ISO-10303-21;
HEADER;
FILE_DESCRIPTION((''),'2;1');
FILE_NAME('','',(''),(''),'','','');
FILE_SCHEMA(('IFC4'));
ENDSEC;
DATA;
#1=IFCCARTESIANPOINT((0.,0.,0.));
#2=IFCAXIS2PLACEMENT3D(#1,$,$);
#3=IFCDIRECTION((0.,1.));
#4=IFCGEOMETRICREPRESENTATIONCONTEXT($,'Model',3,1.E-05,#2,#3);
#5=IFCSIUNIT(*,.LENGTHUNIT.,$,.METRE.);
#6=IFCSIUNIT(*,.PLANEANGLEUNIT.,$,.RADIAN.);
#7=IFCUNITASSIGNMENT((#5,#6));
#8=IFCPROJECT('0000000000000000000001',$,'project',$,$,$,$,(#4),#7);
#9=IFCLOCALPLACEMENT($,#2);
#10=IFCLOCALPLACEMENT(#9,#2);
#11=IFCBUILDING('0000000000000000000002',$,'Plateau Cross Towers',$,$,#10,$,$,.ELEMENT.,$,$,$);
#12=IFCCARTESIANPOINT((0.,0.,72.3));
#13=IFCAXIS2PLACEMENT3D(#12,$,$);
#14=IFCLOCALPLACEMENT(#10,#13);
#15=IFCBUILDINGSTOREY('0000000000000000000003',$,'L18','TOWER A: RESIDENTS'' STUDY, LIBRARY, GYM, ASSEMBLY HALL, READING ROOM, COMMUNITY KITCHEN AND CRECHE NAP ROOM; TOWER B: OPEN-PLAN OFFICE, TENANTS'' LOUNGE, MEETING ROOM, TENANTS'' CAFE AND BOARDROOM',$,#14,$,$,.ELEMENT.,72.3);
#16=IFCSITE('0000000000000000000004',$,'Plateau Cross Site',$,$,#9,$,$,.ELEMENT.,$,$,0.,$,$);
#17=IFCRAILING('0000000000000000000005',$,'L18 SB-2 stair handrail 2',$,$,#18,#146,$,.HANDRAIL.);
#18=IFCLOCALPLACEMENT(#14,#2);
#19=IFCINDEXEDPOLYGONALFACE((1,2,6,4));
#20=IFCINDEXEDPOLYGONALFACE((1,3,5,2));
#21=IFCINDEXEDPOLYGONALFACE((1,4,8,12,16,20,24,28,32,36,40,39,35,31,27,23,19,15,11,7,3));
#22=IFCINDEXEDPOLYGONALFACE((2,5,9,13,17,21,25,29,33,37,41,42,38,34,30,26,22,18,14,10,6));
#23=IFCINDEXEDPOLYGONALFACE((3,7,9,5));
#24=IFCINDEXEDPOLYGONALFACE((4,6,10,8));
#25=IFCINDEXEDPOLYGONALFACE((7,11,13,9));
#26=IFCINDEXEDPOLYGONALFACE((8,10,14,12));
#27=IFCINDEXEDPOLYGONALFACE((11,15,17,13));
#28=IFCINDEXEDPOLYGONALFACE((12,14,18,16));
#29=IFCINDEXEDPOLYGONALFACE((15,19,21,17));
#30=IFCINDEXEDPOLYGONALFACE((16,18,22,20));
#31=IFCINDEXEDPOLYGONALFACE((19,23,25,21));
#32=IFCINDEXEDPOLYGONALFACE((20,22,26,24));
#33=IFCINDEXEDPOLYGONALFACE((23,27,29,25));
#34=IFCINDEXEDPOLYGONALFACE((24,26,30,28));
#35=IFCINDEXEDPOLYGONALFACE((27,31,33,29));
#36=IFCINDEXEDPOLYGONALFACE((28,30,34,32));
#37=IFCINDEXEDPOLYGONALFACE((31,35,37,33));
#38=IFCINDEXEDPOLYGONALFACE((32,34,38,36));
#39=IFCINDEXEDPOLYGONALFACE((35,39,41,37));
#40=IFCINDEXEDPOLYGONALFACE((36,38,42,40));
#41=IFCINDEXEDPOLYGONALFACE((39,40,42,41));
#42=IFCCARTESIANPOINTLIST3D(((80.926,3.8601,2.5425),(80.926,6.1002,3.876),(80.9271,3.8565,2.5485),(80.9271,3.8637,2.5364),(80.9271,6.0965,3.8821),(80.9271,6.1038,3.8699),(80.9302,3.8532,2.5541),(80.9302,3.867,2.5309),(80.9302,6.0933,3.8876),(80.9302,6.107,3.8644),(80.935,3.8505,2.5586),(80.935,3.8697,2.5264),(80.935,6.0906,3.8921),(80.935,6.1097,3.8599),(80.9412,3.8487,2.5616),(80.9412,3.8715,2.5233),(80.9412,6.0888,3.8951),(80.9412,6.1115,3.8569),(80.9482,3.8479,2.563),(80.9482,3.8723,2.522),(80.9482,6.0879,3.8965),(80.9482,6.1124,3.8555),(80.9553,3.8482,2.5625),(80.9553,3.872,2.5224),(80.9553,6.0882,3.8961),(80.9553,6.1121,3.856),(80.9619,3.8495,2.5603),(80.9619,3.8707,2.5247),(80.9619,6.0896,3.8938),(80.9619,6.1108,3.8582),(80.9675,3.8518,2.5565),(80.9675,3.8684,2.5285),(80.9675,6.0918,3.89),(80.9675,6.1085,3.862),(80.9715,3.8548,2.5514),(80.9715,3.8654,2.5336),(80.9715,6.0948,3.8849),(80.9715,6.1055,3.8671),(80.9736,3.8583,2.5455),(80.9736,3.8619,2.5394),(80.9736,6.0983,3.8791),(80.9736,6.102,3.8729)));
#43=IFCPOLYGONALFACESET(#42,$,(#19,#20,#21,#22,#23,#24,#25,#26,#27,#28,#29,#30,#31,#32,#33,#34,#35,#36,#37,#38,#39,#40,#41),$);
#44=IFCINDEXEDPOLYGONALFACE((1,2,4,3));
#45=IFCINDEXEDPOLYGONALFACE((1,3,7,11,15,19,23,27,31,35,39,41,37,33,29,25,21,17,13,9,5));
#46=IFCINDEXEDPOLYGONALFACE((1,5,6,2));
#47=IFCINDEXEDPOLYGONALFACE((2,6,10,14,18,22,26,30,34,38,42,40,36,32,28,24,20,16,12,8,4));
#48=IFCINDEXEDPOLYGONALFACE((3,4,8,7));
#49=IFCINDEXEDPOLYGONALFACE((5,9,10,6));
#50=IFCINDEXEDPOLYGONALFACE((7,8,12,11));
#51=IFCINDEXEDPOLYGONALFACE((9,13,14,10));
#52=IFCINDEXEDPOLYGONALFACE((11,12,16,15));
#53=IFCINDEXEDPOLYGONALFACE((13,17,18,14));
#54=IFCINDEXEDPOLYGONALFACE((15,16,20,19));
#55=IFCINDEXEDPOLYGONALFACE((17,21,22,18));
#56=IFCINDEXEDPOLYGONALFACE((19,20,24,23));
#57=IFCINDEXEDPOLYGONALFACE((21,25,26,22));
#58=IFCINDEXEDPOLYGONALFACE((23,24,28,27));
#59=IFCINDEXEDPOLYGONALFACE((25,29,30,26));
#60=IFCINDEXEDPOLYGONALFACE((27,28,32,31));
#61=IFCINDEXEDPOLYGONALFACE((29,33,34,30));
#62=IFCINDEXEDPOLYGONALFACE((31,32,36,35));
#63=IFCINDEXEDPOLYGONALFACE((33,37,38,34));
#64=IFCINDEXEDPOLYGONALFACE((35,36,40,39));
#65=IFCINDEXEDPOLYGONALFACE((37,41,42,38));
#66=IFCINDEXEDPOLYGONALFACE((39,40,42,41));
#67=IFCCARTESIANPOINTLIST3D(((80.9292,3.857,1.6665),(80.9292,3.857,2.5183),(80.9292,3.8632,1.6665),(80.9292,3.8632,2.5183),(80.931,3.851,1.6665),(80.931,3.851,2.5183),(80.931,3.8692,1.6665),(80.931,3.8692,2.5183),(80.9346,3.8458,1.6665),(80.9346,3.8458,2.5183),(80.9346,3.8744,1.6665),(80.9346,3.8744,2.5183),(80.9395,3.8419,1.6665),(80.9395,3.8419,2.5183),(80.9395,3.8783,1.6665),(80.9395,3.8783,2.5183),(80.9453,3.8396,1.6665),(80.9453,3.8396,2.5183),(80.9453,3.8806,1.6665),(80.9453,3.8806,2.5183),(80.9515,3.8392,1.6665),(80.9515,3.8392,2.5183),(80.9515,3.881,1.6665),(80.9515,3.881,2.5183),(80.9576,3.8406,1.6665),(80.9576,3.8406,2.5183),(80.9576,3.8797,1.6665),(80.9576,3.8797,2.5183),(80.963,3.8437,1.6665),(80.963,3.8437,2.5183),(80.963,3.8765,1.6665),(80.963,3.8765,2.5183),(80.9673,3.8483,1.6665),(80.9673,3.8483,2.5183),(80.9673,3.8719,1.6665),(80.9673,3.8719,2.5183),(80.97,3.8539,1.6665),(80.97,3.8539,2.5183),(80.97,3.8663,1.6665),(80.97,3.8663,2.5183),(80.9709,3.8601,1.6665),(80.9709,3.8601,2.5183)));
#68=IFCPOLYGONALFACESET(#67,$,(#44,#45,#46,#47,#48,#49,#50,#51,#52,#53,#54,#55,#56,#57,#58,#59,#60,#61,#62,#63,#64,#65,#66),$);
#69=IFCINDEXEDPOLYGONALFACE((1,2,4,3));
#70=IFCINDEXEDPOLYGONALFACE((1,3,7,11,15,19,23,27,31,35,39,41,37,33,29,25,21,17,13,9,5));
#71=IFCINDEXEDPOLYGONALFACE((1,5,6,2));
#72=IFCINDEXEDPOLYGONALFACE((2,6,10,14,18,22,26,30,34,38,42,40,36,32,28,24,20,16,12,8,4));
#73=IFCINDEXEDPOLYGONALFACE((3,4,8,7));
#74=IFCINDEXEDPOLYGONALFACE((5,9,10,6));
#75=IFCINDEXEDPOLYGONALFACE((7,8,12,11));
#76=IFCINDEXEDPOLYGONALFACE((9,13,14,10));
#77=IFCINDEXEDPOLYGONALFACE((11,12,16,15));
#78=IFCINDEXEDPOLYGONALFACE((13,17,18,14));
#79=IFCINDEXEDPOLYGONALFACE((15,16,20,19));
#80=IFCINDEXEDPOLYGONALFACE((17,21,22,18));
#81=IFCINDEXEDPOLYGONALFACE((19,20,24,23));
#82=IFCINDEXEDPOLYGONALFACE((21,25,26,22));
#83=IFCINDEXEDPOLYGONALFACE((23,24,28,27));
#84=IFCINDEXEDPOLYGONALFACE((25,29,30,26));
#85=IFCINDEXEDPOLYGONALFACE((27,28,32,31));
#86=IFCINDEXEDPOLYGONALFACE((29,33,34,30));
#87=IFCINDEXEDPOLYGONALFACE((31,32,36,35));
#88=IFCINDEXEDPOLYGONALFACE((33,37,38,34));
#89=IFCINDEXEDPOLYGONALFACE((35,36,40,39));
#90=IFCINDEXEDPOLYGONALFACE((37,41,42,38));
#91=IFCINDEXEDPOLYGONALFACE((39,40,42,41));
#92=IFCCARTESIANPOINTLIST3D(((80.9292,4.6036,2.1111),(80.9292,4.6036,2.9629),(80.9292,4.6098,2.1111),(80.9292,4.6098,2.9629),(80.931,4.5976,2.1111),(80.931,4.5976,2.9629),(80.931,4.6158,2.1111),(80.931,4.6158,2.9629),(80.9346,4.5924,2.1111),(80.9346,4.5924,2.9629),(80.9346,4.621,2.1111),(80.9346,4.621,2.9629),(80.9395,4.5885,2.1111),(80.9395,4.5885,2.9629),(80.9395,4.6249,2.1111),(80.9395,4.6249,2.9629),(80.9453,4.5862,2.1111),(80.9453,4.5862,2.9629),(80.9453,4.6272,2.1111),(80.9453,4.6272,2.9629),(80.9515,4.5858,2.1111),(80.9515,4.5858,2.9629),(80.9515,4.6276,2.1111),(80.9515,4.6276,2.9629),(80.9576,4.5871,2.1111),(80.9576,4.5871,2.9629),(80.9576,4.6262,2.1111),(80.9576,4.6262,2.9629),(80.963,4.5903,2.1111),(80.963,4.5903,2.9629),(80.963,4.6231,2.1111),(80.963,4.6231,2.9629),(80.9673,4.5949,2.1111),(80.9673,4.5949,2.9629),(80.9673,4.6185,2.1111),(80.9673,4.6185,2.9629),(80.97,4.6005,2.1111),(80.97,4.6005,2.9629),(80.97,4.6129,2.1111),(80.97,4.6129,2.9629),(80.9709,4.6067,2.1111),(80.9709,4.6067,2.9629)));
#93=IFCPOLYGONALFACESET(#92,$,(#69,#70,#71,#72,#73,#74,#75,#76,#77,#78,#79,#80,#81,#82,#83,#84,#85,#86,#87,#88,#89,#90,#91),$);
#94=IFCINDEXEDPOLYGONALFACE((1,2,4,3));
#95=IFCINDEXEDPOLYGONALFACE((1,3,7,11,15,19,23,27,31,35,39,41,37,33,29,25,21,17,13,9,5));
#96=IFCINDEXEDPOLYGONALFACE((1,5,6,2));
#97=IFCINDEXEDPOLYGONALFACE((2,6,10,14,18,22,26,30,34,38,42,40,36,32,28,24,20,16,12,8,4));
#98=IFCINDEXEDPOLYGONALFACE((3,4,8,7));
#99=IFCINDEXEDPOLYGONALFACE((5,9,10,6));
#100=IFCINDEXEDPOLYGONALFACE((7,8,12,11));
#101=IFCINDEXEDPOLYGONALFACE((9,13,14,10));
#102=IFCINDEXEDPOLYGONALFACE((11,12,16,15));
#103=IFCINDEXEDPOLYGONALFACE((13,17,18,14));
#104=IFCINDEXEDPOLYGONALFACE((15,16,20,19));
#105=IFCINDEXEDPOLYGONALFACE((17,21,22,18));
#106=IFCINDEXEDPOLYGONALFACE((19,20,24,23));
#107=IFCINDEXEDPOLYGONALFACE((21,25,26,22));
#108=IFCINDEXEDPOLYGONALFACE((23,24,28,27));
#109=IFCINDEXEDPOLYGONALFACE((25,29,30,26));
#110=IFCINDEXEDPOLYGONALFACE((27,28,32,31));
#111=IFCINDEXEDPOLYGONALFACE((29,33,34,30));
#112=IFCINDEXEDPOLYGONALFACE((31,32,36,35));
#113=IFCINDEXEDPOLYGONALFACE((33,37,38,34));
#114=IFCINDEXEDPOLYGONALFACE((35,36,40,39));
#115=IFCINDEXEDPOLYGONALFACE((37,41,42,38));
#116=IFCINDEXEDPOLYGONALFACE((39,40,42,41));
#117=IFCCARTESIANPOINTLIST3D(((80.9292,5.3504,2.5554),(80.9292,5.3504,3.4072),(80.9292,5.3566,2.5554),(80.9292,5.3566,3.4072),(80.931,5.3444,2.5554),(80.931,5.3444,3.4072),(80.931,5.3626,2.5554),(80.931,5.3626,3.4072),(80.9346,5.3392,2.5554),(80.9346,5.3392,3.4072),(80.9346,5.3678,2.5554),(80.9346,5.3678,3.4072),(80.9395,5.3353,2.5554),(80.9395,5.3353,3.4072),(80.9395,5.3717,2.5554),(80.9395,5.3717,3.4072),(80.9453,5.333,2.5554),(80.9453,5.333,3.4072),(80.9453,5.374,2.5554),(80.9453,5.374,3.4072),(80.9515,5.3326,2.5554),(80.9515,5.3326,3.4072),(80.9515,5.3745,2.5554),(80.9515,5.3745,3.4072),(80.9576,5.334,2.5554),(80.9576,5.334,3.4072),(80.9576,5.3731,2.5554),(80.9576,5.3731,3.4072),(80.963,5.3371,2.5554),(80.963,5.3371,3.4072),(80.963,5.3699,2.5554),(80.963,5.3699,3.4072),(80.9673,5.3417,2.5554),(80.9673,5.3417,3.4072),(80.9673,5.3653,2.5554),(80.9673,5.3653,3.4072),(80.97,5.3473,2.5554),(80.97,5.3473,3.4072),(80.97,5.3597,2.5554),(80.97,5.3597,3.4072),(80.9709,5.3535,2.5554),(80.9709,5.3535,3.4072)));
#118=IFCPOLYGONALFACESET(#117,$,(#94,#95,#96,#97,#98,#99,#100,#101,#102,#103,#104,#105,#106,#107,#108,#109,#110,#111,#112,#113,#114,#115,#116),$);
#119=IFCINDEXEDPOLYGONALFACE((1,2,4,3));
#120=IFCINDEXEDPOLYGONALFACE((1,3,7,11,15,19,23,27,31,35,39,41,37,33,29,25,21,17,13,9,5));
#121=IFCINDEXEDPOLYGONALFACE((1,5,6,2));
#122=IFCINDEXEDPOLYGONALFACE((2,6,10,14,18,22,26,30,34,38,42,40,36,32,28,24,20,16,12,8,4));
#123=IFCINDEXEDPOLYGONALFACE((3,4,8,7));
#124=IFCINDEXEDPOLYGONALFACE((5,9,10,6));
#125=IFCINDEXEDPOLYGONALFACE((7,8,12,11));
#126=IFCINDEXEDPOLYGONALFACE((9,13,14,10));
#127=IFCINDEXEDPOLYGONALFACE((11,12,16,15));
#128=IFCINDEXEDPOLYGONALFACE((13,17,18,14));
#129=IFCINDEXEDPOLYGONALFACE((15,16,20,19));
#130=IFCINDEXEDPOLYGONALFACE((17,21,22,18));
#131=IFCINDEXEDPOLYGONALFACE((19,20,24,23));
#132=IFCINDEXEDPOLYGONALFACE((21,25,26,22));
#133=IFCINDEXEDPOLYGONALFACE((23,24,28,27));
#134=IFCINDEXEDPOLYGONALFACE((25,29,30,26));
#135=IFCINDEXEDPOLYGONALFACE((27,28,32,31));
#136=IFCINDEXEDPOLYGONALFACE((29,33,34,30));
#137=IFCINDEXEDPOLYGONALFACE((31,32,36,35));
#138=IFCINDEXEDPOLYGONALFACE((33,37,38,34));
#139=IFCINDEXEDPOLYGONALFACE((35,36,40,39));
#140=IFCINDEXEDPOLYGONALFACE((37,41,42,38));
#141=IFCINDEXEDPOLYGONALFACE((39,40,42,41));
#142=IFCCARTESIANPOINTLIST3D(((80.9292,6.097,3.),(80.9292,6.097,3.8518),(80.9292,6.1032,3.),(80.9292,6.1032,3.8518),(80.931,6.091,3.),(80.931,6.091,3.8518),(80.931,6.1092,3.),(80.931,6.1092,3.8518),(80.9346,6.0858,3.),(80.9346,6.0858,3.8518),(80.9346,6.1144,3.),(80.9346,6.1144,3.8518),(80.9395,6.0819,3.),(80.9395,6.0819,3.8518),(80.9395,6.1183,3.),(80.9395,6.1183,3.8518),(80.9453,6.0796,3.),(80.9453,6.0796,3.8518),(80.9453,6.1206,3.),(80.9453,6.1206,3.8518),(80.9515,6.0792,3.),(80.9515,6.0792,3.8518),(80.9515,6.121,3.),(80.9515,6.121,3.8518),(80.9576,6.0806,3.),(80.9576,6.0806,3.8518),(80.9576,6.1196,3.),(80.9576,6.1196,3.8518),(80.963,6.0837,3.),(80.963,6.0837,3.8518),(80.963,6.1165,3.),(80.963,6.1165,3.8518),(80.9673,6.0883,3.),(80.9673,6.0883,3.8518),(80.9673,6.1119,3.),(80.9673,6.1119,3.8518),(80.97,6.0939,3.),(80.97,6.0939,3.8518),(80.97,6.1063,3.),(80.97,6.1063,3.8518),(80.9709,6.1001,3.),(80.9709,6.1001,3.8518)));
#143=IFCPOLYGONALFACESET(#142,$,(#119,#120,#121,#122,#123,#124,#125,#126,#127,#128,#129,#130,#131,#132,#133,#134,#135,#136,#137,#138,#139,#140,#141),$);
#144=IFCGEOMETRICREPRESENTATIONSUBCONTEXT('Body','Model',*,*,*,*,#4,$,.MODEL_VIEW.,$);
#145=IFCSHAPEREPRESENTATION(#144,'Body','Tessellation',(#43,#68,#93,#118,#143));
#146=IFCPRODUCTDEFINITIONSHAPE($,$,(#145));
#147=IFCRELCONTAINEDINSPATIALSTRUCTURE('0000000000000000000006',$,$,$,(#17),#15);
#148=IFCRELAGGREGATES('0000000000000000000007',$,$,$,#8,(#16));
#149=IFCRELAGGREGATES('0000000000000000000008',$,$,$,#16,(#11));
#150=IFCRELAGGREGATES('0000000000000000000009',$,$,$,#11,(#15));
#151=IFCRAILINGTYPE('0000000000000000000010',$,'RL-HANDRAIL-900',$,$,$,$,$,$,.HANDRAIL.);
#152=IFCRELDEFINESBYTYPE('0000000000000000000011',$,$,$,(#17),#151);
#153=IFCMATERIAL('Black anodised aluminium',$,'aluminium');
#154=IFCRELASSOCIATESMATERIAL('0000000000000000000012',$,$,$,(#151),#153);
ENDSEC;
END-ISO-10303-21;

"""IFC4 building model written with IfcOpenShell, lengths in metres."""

from ifc_helpers import new_model, si_unit, direction, frame, origin, origin_2d, place, context, subcontext, project, spatial, circle, extrude, material, type_object, element, save


model = new_model("IFC4")

# Units and contexts
model_context = context("Model", 3, precision=1e-05, world=origin(), true_north=direction((0.0, 1.0)))
body_context = subcontext(model_context, "Body", "Model", "MODEL_VIEW")
ifc_project = project(units=[si_unit("LENGTHUNIT", "METRE"), si_unit("PLANEANGLEUNIT", "RADIAN")], contexts=[model_context])

# Site, building, storey
site_placement = place(None, origin())
site = spatial("IfcSite", under=ifc_project, at=site_placement, Name="Plateau Cross Site", CompositionType="ELEMENT", RefElevation=0.0)
building_placement = place(site_placement, origin())
building = spatial("IfcBuilding", under=site, at=building_placement, Name="Plateau Cross Towers", CompositionType="ELEMENT")
storey_placement = place(building_placement, frame((0.0, 0.0, 72.3)))
storey = spatial("IfcBuildingStorey", under=building, at=storey_placement, Name="L18", Description="TOWER A: RESIDENTS' STUDY, LIBRARY, GYM, ASSEMBLY HALL, READING ROOM, COMMUNITY KITCHEN AND CRECHE NAP ROOM; TOWER B: OPEN-PLAN OFFICE, TENANTS' LOUNGE, MEETING ROOM, TENANTS' CAFE AND BOARDROOM", CompositionType="ELEMENT", Elevation=72.3)

# Railing
ifc_material_1 = material(Name="Black anodised aluminium", Category="aluminium")
railing_type_1 = type_object("IfcRailingType", Name="RL-HANDRAIL-900", PredefinedType="HANDRAIL", material=ifc_material_1)
railing_1_placement = place(storey_placement, frame((80.95, 3.8601, 1.6665)))
element("IfcRailing", 1, at=railing_1_placement, inside=storey, type_object=railing_type_1, Name="L18 SB-2 stair handrail 2", PredefinedType="HANDRAIL", context=body_context, shape_type="SweptSolid", body=[
    extrude(circle(Radius=0.0239, at=origin_2d()), frame((0.0, 0.0, 0.876), z_axis=(0.0, 0.859264, 0.511532), x_axis=(-1.0, 0.0, 0.0)), (0.0, 0.0, 1.0), 2.6069),
    extrude(circle(Radius=0.021, at=origin_2d()), origin(), (0.0, 0.0, 1.0), 0.8518),
    extrude(circle(Radius=0.021, at=origin_2d()), frame((0.0, 0.7466, 0.4446)), (0.0, 0.0, 1.0), 0.8518),
    extrude(circle(Radius=0.021, at=origin_2d()), frame((0.0, 1.4934, 0.8889)), (0.0, 0.0, 1.0), 0.8518),
    extrude(circle(Radius=0.021, at=origin_2d()), frame((0.0, 2.24, 1.3335)), (0.0, 0.0, 1.0), 0.8518),
])

save(model, "model.ifc")
